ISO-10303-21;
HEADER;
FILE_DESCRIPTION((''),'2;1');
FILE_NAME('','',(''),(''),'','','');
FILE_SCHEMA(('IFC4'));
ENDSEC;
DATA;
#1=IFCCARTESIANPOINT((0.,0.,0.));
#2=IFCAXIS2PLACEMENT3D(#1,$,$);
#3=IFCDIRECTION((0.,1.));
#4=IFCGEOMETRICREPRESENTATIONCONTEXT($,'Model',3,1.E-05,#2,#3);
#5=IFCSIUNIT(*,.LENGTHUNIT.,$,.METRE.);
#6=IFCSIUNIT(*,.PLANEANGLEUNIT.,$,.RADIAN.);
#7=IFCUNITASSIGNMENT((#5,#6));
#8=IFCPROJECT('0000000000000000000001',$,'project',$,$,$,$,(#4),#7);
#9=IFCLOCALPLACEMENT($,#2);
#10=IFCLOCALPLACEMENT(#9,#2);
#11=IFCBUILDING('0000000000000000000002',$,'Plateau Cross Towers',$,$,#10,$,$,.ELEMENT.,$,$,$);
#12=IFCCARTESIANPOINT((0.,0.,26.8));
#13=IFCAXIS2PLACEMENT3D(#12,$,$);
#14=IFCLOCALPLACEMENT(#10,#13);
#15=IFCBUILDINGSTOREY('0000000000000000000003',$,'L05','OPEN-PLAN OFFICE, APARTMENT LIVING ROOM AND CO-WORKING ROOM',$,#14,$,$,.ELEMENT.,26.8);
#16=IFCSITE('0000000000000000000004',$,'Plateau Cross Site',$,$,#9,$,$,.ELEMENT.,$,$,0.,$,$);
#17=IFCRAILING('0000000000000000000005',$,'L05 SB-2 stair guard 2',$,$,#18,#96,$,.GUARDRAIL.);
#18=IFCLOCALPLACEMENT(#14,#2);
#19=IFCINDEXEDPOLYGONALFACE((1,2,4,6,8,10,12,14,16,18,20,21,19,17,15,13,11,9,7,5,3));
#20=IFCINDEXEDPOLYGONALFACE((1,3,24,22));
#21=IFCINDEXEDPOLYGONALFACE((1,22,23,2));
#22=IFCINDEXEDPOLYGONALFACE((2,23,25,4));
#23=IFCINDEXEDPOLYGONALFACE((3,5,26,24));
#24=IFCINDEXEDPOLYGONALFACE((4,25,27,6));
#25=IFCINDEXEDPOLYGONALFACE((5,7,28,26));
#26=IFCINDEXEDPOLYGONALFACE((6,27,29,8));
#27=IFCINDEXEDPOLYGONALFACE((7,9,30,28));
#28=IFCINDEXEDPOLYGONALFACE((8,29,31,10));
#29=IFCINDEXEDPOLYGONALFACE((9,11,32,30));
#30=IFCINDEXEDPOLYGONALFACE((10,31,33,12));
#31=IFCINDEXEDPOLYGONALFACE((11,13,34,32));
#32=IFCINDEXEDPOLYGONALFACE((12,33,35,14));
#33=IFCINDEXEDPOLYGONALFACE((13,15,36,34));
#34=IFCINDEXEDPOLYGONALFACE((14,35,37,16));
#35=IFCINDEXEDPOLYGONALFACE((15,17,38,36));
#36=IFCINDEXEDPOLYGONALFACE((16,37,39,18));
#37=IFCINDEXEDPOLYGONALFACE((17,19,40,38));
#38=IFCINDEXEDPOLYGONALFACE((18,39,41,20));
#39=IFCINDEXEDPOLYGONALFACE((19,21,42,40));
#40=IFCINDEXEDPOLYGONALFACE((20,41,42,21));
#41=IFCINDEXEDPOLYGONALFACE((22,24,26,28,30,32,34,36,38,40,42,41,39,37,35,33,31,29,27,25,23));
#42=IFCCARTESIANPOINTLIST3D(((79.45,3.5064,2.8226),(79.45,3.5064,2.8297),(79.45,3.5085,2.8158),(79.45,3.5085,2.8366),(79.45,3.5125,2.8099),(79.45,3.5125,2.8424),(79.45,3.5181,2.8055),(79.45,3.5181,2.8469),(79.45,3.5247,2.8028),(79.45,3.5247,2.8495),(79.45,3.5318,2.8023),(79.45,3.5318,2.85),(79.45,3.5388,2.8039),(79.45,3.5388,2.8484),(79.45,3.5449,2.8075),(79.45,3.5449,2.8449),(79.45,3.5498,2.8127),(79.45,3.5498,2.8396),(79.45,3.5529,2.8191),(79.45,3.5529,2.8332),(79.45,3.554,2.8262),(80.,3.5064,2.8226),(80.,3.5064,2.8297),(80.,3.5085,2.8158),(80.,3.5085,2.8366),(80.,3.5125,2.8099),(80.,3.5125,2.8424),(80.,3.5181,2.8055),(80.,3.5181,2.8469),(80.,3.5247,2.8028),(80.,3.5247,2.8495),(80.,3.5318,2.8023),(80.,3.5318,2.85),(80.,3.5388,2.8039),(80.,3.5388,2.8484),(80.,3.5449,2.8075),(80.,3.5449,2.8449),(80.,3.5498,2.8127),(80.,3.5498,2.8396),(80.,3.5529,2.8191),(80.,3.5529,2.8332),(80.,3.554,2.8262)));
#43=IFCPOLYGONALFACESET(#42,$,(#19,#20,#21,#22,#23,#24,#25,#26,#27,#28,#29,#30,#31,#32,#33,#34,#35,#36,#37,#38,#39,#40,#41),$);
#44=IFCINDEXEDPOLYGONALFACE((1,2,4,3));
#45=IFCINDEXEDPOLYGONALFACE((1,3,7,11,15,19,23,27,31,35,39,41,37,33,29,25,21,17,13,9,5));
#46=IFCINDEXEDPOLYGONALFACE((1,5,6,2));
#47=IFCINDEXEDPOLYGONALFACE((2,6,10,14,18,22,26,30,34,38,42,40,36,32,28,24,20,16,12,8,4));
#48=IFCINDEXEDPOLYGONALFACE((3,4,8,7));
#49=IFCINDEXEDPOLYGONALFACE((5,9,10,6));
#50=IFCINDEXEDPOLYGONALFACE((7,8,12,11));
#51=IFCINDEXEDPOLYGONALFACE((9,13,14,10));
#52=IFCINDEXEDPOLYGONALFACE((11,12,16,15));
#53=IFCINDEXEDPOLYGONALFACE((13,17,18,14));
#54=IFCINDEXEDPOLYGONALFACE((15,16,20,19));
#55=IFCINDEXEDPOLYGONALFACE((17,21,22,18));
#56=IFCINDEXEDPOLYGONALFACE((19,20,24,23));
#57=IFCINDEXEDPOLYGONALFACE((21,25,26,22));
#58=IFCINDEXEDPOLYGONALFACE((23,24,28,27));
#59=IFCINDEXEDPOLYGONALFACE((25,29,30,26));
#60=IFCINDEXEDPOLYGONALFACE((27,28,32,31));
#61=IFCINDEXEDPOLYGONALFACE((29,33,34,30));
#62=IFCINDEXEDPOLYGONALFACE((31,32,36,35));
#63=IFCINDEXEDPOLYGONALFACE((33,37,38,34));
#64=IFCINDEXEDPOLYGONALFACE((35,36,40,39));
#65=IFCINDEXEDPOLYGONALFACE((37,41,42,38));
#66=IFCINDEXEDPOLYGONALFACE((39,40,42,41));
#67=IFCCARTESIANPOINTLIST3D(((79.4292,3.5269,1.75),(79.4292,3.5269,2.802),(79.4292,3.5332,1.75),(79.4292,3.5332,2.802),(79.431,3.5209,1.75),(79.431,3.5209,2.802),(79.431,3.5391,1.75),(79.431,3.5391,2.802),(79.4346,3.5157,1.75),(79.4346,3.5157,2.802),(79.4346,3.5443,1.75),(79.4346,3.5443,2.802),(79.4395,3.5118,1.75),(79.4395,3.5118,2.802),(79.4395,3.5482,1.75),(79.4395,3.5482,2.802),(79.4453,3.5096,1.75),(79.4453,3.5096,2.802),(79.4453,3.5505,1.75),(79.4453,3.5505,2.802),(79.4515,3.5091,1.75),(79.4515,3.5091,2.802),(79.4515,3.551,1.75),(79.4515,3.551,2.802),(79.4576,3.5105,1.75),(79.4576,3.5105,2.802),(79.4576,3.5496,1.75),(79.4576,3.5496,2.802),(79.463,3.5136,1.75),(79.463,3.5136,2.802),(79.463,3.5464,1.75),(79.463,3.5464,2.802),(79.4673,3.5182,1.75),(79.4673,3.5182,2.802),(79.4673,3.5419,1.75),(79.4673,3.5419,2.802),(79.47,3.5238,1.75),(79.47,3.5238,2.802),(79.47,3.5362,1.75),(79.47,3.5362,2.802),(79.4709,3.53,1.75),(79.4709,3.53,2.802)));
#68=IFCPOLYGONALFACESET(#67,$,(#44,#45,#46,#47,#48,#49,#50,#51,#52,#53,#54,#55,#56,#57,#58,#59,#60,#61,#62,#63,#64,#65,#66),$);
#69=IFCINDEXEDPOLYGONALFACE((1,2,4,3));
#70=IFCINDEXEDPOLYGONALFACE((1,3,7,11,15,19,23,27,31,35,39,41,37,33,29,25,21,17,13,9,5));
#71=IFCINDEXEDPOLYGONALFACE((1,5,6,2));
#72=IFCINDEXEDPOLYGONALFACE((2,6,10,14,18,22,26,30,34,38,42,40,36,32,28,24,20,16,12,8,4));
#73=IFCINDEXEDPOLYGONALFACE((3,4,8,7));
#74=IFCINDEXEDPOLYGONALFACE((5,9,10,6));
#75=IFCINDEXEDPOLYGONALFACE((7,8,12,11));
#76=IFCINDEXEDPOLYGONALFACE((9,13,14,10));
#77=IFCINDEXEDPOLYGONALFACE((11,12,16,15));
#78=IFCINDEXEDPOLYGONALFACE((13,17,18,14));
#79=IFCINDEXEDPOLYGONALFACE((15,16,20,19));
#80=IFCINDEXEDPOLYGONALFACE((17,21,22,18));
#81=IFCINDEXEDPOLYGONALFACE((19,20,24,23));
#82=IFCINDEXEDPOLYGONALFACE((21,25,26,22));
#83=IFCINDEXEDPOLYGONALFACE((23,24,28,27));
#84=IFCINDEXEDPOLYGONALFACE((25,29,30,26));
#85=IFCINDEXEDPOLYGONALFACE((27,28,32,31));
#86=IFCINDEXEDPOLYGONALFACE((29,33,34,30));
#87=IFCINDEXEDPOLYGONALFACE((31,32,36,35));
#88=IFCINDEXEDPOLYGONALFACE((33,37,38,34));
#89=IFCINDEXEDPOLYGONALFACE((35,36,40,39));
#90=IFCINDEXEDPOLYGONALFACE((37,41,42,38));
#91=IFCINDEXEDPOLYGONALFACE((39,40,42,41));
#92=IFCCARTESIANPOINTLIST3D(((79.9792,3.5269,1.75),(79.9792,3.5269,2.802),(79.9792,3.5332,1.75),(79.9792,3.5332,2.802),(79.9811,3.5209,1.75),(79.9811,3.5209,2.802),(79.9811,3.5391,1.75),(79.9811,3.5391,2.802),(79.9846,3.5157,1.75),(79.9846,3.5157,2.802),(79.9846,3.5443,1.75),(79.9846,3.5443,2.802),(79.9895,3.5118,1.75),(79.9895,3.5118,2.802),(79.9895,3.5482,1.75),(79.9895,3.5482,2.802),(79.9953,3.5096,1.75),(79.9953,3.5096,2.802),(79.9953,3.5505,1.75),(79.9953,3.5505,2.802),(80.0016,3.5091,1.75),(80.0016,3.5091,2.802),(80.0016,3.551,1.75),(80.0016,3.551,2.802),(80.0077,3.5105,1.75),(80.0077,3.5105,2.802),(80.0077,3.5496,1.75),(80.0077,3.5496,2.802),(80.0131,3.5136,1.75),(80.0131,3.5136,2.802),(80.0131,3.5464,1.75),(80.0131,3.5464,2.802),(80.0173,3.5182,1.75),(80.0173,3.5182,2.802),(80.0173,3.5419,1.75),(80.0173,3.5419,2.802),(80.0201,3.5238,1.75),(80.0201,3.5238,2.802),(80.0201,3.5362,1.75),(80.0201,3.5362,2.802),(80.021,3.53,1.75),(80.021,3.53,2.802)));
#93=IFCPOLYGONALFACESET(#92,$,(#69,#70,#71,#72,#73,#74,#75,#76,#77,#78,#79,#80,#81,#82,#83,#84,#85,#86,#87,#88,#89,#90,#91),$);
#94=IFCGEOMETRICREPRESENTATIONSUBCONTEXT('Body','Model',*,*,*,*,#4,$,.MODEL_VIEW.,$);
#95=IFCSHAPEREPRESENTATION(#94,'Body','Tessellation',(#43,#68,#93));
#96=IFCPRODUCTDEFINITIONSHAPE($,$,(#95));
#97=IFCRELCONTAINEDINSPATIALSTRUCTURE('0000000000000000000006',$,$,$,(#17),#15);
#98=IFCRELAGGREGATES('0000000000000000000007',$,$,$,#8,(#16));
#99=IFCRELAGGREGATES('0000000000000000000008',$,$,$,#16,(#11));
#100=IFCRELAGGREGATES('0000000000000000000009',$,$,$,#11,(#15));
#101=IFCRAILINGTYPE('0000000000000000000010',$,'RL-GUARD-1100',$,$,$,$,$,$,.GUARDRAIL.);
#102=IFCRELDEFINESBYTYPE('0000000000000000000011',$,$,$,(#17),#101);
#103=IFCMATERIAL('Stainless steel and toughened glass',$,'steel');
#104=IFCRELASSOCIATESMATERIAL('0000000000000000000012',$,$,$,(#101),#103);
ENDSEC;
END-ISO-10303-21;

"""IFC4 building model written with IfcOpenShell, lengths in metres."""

from ifc_helpers import new_model, si_unit, direction, frame, origin, origin_2d, place, context, subcontext, project, spatial, circle, extrude, material, type_object, element, save


model = new_model("IFC4")

# Units and contexts
model_context = context("Model", 3, precision=1e-05, world=origin(), true_north=direction((0.0, 1.0)))
body_context = subcontext(model_context, "Body", "Model", "MODEL_VIEW")
ifc_project = project(units=[si_unit("LENGTHUNIT", "METRE"), si_unit("PLANEANGLEUNIT", "RADIAN")], contexts=[model_context])

# Site, building, storey
site_placement = place(None, origin())
site = spatial("IfcSite", under=ifc_project, at=site_placement, Name="Plateau Cross Site", CompositionType="ELEMENT", RefElevation=0.0)
building_placement = place(site_placement, origin())
building = spatial("IfcBuilding", under=site, at=building_placement, Name="Plateau Cross Towers", CompositionType="ELEMENT")
storey_placement = place(building_placement, frame((0.0, 0.0, 26.8)))
storey = spatial("IfcBuildingStorey", under=building, at=storey_placement, Name="L05", Description="OPEN-PLAN OFFICE, APARTMENT LIVING ROOM AND CO-WORKING ROOM", CompositionType="ELEMENT", Elevation=26.8)

# Railing
ifc_material_1 = material(Name="Stainless steel and toughened glass", Category="steel")
railing_type_1 = type_object("IfcRailingType", Name="RL-GUARD-1100", PredefinedType="GUARDRAIL", material=ifc_material_1)
railing_1_placement = place(storey_placement, frame((79.45, 3.53, 1.75)))
element("IfcRailing", 1, at=railing_1_placement, inside=storey, type_object=railing_type_1, Name="L05 SB-2 stair guard 2", PredefinedType="GUARDRAIL", context=body_context, shape_type="SweptSolid", body=[
    extrude(circle(Radius=0.0239, at=origin_2d()), frame((0.0, 0.0, 1.0762), z_axis=(1.0, 0.0, 0.0), x_axis=(0.0, 1.0, 0.0)), (0.0, 0.0, 1.0), 0.55),
    extrude(circle(Radius=0.021, at=origin_2d()), origin(), (0.0, 0.0, 1.0), 1.052),
    extrude(circle(Radius=0.021, at=origin_2d()), frame((0.55, 0.0, 0.0)), (0.0, 0.0, 1.0), 1.052),
])

save(model, "model.ifc")
